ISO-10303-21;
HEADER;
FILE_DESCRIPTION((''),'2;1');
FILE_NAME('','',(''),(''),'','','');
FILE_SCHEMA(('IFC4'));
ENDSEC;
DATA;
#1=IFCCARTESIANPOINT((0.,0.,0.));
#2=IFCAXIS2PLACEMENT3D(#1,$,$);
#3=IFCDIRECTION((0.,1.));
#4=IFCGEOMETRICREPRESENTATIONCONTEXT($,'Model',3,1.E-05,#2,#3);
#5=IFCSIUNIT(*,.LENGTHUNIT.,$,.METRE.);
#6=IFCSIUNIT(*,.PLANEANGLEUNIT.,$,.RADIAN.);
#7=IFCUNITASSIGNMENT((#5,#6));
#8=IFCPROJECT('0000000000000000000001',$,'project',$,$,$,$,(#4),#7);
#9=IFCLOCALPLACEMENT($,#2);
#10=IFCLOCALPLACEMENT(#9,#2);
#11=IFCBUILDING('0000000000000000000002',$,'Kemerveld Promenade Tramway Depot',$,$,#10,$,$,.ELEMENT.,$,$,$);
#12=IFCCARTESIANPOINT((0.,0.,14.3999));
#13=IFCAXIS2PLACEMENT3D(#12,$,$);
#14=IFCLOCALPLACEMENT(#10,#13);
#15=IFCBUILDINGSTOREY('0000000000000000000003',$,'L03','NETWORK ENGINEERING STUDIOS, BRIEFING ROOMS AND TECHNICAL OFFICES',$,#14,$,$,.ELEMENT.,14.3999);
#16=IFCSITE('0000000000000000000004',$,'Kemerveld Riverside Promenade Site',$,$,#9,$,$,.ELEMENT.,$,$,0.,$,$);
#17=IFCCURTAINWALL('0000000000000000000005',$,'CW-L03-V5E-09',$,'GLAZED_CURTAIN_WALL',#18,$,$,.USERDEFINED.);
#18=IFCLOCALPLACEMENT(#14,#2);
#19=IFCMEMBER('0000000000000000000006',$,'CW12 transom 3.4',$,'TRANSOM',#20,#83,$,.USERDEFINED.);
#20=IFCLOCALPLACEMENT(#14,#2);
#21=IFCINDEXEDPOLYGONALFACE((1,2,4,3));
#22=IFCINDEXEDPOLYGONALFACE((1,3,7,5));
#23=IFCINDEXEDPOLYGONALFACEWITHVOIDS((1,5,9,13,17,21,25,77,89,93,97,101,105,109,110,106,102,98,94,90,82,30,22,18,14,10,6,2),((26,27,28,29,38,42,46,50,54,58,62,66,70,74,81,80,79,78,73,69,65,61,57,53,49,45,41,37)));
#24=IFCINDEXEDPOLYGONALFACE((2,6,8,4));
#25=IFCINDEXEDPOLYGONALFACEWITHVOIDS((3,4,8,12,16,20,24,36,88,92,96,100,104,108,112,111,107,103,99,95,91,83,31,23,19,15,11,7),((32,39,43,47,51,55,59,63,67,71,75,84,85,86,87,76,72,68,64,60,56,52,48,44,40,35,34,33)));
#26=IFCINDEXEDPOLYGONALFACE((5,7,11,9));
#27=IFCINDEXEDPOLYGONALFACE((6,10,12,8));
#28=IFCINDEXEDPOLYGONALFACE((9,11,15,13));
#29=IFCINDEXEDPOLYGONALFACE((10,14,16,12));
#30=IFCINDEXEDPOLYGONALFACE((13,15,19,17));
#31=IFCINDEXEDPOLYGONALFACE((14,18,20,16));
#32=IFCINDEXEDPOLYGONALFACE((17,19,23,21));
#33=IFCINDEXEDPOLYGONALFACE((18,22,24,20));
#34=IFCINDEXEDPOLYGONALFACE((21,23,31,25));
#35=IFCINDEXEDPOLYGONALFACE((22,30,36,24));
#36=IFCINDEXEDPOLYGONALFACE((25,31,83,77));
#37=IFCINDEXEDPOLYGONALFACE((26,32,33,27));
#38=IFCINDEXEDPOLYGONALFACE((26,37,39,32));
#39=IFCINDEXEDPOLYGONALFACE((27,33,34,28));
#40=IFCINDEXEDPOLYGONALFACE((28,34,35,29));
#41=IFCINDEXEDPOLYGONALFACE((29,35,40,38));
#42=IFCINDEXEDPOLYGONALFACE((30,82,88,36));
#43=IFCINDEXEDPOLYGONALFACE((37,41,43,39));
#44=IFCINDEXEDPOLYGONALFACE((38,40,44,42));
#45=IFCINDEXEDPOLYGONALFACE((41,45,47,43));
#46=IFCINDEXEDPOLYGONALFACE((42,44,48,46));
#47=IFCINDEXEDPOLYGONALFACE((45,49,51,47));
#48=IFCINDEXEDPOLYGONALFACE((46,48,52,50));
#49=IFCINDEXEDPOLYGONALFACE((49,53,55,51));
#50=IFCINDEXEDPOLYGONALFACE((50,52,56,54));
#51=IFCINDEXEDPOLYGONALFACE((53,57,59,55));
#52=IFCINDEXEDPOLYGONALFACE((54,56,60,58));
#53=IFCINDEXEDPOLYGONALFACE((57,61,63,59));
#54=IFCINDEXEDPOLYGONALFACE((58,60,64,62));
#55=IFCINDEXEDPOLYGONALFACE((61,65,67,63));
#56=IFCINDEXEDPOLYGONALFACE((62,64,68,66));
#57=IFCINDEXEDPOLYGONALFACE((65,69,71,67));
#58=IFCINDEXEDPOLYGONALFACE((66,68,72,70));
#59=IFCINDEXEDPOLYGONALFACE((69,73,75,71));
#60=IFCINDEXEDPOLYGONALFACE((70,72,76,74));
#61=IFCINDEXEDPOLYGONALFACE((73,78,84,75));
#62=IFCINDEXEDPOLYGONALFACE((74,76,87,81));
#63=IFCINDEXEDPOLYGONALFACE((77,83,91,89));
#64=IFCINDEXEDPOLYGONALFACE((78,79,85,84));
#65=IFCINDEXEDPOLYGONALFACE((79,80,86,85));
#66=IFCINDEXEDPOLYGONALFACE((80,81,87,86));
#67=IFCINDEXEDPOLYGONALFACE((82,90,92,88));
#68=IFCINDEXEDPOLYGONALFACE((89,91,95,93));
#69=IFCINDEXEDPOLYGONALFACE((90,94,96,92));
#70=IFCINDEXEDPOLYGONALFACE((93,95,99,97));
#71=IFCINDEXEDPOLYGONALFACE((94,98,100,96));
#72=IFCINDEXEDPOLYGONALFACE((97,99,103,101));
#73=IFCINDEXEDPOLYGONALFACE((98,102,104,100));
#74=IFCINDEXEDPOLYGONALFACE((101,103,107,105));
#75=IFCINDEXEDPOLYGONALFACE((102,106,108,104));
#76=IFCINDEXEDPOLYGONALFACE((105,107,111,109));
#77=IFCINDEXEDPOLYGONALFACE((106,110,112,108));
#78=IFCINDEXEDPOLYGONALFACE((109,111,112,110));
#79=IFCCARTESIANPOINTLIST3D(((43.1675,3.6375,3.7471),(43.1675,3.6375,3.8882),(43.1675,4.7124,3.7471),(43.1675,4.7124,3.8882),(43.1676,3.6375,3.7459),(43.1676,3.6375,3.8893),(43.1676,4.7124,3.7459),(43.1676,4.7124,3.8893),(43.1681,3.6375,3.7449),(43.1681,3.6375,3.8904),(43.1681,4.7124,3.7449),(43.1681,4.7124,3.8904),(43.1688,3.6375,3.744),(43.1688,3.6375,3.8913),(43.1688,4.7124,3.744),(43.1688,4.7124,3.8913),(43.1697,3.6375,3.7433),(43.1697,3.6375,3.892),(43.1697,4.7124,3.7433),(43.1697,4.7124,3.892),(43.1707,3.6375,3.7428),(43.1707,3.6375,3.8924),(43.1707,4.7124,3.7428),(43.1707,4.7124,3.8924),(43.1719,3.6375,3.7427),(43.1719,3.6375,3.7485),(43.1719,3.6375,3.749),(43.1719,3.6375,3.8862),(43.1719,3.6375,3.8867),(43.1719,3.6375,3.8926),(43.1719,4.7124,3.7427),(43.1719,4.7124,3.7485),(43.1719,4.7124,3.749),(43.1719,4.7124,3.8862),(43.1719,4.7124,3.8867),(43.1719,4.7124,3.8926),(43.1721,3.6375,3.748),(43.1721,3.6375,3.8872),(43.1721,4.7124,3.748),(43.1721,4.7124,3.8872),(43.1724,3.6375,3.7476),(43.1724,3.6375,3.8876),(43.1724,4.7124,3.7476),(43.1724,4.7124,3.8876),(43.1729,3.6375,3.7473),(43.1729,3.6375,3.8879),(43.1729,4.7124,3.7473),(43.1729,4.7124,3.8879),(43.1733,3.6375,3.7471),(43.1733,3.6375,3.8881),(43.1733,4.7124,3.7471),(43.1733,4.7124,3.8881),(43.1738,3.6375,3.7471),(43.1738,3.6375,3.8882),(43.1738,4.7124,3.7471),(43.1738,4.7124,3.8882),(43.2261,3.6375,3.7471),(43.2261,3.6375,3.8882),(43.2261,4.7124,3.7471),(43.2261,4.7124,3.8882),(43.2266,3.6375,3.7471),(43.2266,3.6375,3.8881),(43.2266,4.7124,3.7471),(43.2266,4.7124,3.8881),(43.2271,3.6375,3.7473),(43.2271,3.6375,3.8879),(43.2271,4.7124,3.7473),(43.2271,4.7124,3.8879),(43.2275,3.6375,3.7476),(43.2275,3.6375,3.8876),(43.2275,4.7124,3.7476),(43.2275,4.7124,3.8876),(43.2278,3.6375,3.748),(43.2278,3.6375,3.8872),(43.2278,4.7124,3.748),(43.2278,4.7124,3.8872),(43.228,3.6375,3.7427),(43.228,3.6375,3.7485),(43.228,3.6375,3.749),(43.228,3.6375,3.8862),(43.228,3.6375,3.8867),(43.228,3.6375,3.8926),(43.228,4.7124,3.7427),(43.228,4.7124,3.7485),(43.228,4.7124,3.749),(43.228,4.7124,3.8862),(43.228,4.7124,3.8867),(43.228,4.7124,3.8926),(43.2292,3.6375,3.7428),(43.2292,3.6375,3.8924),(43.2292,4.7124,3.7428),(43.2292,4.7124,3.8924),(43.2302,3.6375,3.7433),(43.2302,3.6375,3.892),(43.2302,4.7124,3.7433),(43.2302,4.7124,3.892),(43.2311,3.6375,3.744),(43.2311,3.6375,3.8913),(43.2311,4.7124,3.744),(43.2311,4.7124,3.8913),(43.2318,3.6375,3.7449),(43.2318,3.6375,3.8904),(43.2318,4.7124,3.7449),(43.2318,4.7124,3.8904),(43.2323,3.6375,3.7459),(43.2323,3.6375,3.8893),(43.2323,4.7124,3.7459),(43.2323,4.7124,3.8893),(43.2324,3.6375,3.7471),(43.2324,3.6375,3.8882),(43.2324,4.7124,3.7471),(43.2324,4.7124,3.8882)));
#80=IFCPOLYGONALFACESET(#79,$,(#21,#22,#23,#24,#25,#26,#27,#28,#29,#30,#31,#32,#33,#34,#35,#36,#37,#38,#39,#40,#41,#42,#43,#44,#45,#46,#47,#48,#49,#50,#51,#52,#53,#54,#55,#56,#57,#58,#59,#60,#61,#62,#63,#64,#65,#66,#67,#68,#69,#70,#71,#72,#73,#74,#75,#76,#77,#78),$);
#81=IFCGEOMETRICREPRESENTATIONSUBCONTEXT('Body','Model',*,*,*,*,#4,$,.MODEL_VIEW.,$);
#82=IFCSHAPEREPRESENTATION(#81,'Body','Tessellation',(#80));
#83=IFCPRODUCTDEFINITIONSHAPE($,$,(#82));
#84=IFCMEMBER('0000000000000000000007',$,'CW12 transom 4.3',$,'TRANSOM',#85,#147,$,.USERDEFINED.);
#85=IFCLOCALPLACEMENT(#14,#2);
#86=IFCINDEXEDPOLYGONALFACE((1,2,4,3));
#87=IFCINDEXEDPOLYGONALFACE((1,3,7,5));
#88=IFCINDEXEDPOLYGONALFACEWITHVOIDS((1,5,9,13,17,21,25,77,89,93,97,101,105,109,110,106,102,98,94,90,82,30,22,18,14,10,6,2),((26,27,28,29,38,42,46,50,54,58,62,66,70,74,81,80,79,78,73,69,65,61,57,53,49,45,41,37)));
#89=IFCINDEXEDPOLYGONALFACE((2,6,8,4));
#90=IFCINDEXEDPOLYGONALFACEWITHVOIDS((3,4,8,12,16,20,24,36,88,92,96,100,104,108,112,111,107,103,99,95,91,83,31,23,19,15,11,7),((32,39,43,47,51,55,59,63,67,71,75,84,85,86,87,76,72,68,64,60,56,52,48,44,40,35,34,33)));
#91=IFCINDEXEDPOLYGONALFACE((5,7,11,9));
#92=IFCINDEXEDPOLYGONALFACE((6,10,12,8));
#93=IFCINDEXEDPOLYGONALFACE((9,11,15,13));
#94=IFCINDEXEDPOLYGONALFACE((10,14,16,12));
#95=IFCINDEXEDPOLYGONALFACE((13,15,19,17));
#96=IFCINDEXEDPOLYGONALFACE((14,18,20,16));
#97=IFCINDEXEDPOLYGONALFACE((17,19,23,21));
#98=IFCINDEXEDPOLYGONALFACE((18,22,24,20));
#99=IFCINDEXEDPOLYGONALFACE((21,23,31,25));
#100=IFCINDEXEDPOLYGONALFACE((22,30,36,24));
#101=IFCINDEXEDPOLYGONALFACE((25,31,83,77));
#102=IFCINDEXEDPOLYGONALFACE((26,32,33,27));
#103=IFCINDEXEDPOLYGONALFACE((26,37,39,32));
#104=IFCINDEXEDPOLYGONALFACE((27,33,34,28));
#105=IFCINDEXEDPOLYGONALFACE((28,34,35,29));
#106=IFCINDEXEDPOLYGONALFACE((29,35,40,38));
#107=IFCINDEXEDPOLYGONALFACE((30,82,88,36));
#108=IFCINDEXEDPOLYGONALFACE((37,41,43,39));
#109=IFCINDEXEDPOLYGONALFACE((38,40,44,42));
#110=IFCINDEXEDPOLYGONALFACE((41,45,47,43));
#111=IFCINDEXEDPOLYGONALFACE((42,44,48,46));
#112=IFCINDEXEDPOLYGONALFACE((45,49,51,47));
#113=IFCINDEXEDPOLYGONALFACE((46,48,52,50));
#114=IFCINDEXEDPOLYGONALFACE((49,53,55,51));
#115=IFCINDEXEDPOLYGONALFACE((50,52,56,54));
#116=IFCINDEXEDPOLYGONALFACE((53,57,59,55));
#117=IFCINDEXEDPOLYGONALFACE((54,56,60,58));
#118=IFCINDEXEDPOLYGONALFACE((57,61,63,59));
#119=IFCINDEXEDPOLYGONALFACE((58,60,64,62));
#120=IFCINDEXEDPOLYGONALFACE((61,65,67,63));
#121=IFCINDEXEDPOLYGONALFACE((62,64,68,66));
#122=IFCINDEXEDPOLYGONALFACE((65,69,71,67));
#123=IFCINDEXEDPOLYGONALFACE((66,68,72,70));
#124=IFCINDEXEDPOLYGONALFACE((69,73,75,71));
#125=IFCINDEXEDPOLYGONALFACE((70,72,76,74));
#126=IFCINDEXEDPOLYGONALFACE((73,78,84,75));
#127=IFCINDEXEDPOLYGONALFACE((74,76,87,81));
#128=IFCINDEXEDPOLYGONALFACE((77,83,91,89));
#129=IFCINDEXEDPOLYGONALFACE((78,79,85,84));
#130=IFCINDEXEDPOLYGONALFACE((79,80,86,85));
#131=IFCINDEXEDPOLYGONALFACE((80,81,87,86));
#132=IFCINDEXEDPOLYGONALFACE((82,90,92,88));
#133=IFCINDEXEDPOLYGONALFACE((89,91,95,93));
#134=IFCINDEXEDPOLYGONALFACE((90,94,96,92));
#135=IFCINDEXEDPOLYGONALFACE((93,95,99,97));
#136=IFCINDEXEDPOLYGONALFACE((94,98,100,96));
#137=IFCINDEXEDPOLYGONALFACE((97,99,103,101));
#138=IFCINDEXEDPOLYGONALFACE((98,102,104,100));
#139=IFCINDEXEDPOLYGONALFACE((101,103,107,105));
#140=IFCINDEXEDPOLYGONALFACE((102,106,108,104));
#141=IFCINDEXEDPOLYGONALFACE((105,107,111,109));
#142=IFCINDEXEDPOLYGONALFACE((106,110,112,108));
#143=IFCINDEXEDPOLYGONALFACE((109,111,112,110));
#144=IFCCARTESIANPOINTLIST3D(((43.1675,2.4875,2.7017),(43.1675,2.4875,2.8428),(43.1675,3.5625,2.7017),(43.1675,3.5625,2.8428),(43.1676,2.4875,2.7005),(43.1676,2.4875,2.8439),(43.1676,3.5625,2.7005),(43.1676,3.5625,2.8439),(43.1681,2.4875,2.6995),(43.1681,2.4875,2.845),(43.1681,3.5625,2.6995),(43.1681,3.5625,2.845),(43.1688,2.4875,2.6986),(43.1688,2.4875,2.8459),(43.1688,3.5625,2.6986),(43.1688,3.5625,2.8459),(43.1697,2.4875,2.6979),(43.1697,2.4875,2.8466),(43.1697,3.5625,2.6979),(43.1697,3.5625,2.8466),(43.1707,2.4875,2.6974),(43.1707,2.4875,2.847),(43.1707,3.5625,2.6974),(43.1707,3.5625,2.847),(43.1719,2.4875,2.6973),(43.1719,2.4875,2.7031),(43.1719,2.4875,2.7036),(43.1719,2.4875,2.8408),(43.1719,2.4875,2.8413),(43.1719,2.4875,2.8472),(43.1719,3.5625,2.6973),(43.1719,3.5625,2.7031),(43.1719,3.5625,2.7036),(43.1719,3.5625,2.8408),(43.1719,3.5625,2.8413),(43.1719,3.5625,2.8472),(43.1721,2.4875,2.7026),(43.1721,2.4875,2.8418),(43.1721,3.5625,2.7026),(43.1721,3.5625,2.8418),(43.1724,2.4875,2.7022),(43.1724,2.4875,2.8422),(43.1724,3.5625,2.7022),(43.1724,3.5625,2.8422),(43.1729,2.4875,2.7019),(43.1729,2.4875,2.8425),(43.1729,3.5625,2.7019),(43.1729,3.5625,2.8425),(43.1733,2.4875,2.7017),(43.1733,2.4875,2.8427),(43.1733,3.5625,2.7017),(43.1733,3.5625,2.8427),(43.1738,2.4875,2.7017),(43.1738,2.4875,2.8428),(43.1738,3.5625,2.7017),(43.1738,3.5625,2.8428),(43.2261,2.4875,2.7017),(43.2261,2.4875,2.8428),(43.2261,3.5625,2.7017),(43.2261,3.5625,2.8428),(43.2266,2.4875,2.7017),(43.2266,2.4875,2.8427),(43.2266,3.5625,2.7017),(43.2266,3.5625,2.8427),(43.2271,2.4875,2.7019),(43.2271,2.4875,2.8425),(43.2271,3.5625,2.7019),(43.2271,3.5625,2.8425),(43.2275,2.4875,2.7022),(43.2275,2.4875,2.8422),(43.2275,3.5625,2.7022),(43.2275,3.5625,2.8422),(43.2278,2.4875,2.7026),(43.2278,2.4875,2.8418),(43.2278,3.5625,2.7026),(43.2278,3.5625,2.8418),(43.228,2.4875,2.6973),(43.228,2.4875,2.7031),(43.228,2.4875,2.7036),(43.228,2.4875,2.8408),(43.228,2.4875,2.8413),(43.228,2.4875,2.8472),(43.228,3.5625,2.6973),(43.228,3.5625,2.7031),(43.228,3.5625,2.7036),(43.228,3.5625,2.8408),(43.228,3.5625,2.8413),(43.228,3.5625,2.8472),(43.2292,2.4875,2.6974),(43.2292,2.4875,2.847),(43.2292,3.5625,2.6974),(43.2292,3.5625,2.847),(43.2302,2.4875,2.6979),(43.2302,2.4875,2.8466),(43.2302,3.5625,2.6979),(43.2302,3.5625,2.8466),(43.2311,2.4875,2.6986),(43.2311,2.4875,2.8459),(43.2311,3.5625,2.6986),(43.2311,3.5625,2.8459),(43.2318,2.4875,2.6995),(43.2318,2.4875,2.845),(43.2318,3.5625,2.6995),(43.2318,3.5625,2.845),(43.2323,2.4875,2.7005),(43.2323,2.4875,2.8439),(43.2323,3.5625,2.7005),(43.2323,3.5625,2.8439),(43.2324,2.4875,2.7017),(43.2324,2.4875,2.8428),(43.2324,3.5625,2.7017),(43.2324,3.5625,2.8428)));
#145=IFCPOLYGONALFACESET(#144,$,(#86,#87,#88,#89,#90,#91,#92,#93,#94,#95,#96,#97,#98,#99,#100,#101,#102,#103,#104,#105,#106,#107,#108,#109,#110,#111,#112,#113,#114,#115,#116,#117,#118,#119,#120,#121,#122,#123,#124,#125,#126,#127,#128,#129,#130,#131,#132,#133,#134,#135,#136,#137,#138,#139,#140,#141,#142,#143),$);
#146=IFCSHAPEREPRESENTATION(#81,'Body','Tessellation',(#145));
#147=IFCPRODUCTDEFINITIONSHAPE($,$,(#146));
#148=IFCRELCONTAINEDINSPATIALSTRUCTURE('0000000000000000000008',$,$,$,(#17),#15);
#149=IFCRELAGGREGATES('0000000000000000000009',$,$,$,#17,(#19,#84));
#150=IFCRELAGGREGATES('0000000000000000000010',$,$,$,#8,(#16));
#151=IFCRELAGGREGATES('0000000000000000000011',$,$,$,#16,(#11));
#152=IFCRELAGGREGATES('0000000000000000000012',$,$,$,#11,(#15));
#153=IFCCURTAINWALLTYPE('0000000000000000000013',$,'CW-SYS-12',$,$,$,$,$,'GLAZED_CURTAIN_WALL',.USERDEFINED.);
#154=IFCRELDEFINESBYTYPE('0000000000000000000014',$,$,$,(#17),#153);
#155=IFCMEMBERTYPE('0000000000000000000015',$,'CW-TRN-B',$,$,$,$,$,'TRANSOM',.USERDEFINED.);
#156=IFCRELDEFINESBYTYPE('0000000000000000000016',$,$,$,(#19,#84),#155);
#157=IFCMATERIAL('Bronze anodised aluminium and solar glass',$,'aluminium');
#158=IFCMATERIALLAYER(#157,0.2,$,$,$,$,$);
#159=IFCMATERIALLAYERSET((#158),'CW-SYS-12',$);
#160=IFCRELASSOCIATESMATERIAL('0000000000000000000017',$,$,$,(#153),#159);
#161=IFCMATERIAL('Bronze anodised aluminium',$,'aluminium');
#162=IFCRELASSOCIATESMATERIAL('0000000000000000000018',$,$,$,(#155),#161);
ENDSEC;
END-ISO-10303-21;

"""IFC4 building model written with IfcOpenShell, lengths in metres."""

from ifc_helpers import new_model, si_unit, direction, frame, origin, origin_2d, place, context, subcontext, project, spatial, hollow_rectangle, extrude, material, layer, layer_set, material_profile, profile_set, type_object, element, aggregate, save


model = new_model("IFC4")

# Units and contexts
model_context = context("Model", 3, precision=1e-05, world=origin(), true_north=direction((0.0, 1.0)))
body_context = subcontext(model_context, "Body", "Model", "MODEL_VIEW")
ifc_project = project(units=[si_unit("LENGTHUNIT", "METRE"), si_unit("PLANEANGLEUNIT", "RADIAN")], contexts=[model_context])

# Site, building, storey
site_placement = place(None, origin())
site = spatial("IfcSite", under=ifc_project, at=site_placement, Name="Kemerveld Riverside Promenade Site", CompositionType="ELEMENT", RefElevation=0.0)
building_placement = place(site_placement, origin())
building = spatial("IfcBuilding", under=site, at=building_placement, Name="Kemerveld Promenade Tramway Depot", CompositionType="ELEMENT")
storey_placement = place(building_placement, frame((0.0, 0.0, 14.3999)))
storey = spatial("IfcBuildingStorey", under=building, at=storey_placement, Name="L03", Description="NETWORK ENGINEERING STUDIOS, BRIEFING ROOMS AND TECHNICAL OFFICES", CompositionType="ELEMENT", Elevation=14.3999)

# Curtain wall, members
ifc_material_1 = material(Name="Bronze anodised aluminium and solar glass", Category="aluminium")
ifc_layer_1 = layer(ifc_material_1, 0.2)
ifc_layer_set_1 = layer_set([ifc_layer_1], Name="CW-SYS-12")
curtain_wall_type = type_object("IfcCurtainWallType", Name="CW-SYS-12", ElementType="GLAZED_CURTAIN_WALL", PredefinedType="USERDEFINED", material=ifc_layer_set_1)
curtain_wall_placement = place(storey_placement, origin())
curtain_wall = element("IfcCurtainWall", 1, at=curtain_wall_placement, inside=storey, type_object=curtain_wall_type, Name="CW-L03-V5E-09", ObjectType="GLAZED_CURTAIN_WALL", PredefinedType="USERDEFINED")
ifc_material_2 = material(Name="Bronze anodised aluminium", Category="aluminium")
ifc_material_profile_1 = material_profile(ifc_material_2, hollow_rectangle(XDim=0.0649, YDim=0.1499, WallThickness=0.0044, InnerFilletRadius=0.002, OuterFilletRadius=0.0044, at=origin_2d()), Name="CW-TRN-150x65")
ifc_profile_set_1 = profile_set([ifc_material_profile_1], Name="Bronze anodised aluminium")
member_type_1 = type_object("IfcMemberType", Name="CW-TRN-B", ElementType="TRANSOM", PredefinedType="USERDEFINED", material=ifc_profile_set_1)
member_1_placement = place(storey_placement, frame((43.2, 4.7124, 3.8176), z_axis=(0.0, -1.0, 0.0), x_axis=(1.0, 0.0, 0.0)))
member_1 = element("IfcMember", 2, at=member_1_placement, type_object=member_type_1, Name="CW12 transom 3.4", ObjectType="TRANSOM", PredefinedType="USERDEFINED", context=body_context, shape_type="SweptSolid", body=[
    extrude(hollow_rectangle(XDim=0.0649, YDim=0.1499, WallThickness=0.0044, InnerFilletRadius=0.002, OuterFilletRadius=0.0044, at=origin_2d()), origin(), (0.0, 0.0, 1.0), 1.075),
])
member_2_placement = place(storey_placement, frame((43.2, 3.5625, 2.7722), z_axis=(0.0, -1.0, 0.0), x_axis=(1.0, 0.0, 0.0)))
member_2 = element("IfcMember", 3, at=member_2_placement, type_object=member_type_1, Name="CW12 transom 4.3", ObjectType="TRANSOM", PredefinedType="USERDEFINED", context=body_context, shape_type="SweptSolid", body=[
    extrude(hollow_rectangle(XDim=0.0649, YDim=0.1499, WallThickness=0.0044, InnerFilletRadius=0.002, OuterFilletRadius=0.0044, at=origin_2d()), origin(), (0.0, 0.0, 1.0), 1.075),
])
aggregate(curtain_wall, [member_1, member_2])

save(model, "model.ifc")
